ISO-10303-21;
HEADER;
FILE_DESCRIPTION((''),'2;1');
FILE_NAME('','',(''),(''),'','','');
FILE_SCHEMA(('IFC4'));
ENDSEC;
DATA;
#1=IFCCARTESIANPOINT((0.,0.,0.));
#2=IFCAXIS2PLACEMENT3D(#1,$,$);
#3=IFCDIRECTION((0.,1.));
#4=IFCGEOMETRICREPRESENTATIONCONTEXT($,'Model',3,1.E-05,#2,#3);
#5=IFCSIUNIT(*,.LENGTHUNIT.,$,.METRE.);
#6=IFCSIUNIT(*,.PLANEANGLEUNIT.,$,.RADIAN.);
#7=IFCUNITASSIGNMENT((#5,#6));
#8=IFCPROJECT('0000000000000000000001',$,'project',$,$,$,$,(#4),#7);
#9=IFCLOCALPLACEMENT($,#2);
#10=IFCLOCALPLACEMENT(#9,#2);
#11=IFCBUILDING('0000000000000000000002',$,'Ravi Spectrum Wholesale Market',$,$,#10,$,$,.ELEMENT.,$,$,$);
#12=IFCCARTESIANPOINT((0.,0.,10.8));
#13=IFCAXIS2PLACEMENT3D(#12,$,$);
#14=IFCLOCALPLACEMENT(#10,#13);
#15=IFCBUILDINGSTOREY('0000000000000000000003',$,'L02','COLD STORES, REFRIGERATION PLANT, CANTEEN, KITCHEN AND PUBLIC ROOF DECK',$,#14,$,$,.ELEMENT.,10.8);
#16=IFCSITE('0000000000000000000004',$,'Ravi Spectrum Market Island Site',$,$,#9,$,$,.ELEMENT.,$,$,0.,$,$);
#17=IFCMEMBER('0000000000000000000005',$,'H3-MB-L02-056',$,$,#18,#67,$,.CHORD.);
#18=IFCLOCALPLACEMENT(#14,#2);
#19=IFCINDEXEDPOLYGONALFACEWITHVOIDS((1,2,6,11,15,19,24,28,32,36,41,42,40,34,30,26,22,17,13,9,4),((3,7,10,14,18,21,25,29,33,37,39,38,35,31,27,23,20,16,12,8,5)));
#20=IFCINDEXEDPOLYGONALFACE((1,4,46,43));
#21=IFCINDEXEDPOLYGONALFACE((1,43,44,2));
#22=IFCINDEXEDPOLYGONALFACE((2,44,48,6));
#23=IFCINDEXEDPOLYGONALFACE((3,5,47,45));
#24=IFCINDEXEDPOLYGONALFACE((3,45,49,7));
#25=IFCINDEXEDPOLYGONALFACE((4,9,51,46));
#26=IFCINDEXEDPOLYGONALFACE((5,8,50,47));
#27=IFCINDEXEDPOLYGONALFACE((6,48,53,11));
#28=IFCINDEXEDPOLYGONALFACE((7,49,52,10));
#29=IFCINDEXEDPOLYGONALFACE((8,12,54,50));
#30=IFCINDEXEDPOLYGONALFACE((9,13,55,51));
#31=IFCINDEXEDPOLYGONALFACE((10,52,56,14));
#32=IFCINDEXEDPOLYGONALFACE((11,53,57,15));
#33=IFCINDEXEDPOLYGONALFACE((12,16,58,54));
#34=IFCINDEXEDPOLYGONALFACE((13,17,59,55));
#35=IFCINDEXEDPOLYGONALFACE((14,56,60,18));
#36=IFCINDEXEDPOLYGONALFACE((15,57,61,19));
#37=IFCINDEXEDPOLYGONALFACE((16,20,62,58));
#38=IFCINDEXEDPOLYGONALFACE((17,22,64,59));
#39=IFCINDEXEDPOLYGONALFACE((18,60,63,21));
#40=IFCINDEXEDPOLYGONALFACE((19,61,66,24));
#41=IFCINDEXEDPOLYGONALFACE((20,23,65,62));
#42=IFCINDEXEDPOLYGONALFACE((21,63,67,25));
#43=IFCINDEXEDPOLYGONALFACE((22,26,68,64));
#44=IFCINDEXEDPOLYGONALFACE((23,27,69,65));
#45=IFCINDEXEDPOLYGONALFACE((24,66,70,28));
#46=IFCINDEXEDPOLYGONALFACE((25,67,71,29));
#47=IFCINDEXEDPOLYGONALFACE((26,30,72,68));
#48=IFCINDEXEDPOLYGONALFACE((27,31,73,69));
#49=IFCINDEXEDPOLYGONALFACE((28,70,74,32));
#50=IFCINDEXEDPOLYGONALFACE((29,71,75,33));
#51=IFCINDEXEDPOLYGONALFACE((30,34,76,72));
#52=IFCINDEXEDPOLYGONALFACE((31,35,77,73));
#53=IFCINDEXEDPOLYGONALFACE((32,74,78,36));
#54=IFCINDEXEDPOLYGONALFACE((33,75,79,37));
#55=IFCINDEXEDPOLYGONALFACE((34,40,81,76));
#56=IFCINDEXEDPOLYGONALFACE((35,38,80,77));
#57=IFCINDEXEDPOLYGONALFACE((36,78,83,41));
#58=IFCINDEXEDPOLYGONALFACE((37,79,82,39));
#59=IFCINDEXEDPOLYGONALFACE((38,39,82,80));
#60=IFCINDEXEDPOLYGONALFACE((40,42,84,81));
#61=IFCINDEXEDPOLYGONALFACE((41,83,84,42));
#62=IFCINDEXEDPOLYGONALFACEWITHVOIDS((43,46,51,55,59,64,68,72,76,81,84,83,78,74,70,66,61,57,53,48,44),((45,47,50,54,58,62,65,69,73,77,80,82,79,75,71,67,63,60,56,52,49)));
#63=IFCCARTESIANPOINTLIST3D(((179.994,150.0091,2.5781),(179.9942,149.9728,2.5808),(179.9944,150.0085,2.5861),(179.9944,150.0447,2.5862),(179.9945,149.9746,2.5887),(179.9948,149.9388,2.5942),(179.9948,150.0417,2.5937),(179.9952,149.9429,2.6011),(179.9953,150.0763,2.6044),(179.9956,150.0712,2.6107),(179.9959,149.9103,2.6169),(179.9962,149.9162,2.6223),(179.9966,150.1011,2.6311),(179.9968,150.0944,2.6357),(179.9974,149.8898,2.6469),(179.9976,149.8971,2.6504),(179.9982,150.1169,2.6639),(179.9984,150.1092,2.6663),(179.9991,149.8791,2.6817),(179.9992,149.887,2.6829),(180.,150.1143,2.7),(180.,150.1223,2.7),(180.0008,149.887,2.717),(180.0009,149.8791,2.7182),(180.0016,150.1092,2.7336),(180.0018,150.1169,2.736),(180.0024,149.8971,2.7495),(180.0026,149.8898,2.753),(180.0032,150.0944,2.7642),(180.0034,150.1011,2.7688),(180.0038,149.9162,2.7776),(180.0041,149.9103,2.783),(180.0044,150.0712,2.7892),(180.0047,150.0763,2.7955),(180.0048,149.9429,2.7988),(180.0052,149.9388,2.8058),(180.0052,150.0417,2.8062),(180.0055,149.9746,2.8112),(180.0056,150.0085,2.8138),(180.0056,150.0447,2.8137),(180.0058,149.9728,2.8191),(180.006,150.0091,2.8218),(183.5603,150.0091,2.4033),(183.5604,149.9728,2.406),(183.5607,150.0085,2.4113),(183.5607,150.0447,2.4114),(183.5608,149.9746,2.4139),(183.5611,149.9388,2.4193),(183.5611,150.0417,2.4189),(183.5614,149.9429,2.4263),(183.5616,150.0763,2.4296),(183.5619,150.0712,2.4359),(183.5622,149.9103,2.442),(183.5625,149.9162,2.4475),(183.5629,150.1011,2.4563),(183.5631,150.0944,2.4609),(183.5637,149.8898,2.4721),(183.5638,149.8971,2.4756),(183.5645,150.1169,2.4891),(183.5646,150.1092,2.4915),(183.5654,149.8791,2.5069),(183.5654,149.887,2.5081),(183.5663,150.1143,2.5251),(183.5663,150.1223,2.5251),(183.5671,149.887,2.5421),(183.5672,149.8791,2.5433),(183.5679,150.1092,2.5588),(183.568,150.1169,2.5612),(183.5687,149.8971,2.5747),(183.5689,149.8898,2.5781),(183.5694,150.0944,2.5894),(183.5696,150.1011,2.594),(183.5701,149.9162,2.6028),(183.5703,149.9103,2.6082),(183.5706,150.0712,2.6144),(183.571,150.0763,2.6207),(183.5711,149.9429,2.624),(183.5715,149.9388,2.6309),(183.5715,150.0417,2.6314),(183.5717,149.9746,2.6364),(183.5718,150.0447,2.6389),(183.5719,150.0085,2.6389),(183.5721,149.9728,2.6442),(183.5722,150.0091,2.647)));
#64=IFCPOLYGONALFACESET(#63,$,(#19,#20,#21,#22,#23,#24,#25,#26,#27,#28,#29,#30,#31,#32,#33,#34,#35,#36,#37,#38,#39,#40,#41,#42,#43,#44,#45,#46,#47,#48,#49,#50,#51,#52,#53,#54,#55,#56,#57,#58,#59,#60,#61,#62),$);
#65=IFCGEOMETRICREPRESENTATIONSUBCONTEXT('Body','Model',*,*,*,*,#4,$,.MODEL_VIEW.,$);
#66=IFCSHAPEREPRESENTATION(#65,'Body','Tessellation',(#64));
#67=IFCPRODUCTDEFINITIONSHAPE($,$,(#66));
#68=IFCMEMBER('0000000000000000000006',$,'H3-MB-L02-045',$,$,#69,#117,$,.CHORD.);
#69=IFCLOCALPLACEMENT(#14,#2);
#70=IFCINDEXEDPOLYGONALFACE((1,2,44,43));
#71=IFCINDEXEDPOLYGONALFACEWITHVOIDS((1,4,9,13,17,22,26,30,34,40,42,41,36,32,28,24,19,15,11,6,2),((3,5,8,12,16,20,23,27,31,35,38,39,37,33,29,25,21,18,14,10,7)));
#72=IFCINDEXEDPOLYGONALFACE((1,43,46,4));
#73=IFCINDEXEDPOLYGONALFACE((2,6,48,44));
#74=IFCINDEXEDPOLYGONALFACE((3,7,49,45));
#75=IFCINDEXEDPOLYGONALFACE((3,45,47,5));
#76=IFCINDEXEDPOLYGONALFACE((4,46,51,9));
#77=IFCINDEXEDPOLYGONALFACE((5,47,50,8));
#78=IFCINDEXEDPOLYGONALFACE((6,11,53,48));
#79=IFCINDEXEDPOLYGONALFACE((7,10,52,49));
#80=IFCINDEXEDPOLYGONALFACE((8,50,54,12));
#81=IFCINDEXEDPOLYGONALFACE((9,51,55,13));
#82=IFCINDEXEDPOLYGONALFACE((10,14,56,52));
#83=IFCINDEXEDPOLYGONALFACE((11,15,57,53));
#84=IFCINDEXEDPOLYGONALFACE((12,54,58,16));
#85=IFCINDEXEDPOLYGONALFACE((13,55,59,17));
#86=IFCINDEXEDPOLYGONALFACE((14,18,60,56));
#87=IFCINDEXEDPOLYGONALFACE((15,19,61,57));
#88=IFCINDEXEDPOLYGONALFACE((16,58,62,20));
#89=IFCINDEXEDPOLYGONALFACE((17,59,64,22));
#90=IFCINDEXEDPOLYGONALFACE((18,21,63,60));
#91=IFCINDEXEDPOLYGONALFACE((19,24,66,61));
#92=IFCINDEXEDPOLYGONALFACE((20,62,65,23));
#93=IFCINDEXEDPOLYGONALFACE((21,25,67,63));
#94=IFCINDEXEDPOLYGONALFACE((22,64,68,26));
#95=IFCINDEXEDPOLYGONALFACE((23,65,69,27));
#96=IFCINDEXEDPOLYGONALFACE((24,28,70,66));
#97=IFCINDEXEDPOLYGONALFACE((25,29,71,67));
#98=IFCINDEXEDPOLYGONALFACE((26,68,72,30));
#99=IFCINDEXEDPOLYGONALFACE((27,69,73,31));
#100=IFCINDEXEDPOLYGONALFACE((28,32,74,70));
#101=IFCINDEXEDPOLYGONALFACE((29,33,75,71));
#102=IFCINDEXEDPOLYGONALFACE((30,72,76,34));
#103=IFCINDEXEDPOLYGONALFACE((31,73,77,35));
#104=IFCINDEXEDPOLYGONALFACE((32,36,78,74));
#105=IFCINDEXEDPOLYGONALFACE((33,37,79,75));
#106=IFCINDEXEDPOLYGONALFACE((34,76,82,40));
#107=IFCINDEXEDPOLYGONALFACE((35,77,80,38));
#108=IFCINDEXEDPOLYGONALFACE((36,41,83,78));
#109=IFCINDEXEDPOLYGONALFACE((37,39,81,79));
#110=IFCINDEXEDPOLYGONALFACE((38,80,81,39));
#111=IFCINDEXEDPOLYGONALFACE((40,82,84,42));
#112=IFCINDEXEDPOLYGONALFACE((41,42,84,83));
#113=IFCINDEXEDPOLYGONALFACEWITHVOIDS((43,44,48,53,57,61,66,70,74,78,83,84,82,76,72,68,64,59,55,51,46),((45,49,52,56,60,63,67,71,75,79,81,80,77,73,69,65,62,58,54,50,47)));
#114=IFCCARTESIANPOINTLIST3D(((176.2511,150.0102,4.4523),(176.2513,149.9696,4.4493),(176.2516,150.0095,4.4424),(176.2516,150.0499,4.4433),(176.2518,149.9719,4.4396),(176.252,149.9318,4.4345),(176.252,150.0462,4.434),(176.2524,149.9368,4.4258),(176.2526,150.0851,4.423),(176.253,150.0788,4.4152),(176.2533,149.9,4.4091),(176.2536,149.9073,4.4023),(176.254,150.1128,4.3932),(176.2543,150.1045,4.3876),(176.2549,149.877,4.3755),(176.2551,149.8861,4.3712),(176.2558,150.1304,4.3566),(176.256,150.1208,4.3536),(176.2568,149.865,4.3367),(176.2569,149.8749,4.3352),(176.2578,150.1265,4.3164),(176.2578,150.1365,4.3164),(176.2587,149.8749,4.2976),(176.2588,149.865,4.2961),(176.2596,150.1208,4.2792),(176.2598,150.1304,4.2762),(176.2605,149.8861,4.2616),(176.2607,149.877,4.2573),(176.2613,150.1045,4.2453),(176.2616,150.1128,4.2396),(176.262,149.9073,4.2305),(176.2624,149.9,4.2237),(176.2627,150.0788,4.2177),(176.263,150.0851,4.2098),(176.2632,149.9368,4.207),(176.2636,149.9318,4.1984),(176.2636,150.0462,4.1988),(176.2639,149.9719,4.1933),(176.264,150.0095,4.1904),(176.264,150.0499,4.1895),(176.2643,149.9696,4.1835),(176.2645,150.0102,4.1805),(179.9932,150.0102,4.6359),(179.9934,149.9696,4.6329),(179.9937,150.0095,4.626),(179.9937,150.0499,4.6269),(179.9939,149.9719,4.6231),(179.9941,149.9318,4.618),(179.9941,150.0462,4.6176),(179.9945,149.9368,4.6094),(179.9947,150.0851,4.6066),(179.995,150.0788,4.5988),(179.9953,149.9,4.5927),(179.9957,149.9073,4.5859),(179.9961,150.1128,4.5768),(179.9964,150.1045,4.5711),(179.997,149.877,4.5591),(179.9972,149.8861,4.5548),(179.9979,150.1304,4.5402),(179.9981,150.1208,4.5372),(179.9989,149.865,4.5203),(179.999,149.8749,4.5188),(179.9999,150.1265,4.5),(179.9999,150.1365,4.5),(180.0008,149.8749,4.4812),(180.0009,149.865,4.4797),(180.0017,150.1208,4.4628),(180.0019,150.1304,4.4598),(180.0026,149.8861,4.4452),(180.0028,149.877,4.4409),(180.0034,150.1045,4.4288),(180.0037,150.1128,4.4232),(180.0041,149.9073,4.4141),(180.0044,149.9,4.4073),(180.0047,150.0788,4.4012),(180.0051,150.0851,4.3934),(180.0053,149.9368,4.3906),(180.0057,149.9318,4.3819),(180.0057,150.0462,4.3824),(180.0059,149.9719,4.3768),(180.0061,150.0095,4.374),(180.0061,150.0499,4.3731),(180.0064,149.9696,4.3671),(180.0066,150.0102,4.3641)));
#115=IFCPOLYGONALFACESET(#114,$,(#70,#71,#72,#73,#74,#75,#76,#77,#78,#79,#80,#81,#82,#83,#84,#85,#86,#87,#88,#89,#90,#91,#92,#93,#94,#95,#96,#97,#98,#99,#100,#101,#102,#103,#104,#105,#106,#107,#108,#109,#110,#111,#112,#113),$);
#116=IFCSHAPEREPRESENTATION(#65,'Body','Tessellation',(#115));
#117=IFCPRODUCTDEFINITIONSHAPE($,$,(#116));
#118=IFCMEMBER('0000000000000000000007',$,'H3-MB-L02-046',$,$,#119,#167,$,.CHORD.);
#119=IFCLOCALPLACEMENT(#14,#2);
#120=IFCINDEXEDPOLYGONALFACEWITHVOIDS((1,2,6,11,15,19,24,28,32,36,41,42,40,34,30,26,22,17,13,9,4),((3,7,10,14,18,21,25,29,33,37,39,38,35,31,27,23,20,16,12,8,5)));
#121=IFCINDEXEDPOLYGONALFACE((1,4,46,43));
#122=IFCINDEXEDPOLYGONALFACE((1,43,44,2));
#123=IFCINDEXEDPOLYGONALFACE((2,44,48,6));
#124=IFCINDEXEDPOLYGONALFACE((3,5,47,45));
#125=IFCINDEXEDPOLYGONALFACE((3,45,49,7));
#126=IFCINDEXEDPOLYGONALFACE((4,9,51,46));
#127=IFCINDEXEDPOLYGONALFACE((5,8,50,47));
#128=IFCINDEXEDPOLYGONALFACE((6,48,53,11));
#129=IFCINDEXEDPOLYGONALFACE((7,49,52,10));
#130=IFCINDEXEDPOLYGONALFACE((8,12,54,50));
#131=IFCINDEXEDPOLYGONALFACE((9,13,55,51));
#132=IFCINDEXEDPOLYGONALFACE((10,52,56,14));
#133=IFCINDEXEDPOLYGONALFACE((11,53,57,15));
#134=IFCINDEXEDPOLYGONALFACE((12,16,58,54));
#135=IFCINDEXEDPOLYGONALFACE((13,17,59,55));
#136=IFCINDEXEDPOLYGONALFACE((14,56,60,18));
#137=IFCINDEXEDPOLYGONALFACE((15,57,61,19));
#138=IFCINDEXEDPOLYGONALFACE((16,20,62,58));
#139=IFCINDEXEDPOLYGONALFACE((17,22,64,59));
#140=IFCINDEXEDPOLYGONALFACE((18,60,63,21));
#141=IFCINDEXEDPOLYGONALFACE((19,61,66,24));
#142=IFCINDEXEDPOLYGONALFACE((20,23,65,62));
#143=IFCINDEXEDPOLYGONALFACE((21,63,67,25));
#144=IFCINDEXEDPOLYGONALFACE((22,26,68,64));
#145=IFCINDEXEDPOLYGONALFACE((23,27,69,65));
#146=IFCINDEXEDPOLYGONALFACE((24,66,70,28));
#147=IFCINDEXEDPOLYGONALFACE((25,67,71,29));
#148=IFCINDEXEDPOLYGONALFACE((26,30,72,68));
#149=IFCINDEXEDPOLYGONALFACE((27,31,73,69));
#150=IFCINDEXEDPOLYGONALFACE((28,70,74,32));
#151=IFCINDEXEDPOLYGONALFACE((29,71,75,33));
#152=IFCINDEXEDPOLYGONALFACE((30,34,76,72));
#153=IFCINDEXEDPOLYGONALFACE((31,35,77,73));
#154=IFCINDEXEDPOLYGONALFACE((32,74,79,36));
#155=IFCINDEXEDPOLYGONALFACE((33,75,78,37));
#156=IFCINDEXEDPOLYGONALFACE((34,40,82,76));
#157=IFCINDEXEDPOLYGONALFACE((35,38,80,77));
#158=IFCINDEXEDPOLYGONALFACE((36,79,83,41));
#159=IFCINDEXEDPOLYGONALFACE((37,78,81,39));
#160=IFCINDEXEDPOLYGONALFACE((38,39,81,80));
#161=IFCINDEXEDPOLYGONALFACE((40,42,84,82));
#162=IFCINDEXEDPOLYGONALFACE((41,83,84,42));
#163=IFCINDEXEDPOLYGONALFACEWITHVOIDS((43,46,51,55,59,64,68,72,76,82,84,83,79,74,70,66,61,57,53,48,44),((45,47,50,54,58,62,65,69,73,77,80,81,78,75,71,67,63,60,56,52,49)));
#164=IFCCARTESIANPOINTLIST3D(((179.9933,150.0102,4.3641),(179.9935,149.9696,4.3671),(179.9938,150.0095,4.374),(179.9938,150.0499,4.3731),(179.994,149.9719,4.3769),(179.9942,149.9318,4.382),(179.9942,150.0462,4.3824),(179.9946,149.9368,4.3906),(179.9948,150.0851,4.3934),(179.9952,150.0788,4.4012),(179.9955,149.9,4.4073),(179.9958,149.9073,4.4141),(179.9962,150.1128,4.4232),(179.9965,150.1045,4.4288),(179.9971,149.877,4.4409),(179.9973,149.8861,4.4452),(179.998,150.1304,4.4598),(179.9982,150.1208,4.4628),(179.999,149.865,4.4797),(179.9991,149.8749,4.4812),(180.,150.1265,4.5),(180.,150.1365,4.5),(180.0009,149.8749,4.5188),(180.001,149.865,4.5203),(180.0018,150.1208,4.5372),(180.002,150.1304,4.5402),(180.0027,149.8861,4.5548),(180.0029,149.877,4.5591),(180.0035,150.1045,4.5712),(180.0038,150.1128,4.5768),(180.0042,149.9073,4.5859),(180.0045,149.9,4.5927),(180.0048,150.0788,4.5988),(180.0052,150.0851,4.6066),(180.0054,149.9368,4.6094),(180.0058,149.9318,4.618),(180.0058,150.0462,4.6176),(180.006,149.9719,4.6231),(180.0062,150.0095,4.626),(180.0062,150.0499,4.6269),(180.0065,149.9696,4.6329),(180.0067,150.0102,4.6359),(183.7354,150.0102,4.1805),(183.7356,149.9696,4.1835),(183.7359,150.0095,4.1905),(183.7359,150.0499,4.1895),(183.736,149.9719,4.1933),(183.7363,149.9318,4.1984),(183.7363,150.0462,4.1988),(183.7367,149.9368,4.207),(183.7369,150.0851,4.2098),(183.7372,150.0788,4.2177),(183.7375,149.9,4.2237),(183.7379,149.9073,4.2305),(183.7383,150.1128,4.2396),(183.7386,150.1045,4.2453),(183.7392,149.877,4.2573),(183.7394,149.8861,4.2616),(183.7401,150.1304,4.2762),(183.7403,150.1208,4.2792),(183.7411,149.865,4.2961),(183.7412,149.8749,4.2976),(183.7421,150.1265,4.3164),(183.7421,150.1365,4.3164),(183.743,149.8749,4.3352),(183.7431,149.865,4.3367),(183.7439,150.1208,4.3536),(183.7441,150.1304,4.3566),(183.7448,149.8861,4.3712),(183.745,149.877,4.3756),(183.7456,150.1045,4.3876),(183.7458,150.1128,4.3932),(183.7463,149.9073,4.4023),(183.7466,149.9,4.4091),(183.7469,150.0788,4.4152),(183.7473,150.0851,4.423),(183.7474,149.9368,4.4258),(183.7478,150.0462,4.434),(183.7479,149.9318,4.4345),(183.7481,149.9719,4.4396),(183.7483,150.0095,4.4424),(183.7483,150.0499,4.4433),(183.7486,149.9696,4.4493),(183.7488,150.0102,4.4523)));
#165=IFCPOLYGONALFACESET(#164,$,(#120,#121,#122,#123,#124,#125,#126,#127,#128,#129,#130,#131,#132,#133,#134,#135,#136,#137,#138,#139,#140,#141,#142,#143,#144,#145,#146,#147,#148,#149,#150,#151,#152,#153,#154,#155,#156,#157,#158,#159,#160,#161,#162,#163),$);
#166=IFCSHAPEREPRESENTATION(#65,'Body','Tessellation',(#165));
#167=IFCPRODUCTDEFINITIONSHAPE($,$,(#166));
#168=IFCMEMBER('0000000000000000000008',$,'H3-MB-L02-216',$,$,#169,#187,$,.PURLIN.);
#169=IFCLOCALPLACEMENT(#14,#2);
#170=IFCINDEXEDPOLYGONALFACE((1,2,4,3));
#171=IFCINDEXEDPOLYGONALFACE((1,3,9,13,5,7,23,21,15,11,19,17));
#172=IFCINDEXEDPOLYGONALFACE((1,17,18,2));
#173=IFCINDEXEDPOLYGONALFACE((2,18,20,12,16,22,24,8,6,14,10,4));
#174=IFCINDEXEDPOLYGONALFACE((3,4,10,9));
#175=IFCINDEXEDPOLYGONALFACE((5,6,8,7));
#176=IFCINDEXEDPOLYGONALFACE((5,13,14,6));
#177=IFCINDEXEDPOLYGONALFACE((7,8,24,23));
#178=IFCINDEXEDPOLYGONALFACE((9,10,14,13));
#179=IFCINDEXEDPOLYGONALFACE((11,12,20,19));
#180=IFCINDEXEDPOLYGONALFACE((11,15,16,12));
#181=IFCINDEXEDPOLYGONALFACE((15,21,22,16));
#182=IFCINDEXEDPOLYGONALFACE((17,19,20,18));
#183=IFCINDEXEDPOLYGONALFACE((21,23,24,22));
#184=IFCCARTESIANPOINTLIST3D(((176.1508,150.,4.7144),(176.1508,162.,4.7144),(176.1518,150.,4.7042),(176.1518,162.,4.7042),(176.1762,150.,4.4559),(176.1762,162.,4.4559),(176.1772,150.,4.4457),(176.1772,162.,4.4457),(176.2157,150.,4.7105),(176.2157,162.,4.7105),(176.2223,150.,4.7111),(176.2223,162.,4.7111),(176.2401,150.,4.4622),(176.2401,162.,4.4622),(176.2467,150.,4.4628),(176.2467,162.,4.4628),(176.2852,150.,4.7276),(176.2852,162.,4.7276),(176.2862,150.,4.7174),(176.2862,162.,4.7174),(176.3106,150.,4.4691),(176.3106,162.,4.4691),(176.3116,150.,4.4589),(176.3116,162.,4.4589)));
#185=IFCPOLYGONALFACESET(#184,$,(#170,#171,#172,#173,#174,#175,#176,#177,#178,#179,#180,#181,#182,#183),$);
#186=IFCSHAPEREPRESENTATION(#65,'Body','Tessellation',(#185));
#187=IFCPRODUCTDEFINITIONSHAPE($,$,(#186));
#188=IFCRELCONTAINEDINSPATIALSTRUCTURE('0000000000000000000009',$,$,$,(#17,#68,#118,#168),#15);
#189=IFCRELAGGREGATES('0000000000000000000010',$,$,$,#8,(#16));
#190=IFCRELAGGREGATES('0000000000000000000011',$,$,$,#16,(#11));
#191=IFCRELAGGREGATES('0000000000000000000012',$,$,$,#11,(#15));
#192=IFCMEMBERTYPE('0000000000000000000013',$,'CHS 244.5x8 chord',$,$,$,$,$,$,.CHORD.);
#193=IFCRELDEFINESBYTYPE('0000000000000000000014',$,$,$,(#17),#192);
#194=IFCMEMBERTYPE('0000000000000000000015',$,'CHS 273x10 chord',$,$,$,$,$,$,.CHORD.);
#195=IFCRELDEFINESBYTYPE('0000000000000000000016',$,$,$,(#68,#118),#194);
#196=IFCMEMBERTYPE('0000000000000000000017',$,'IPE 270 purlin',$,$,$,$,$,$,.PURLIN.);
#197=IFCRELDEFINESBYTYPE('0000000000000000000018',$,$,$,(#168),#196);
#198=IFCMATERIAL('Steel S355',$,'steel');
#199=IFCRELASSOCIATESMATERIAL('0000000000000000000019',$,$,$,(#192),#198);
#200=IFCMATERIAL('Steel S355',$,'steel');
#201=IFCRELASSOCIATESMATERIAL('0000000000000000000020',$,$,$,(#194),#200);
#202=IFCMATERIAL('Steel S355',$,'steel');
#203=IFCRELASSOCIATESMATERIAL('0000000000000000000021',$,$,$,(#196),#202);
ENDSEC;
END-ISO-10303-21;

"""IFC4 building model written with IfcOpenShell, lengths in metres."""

from ifc_helpers import new_model, si_unit, direction, frame, origin, origin_2d, place, context, subcontext, project, spatial, hollow_circle, i_section, extrude, material, material_profile, profile_set, type_object, element, save


model = new_model("IFC4")

# Units and contexts
model_context = context("Model", 3, precision=1e-05, world=origin(), true_north=direction((0.0, 1.0)))
body_context = subcontext(model_context, "Body", "Model", "MODEL_VIEW")
ifc_project = project(units=[si_unit("LENGTHUNIT", "METRE"), si_unit("PLANEANGLEUNIT", "RADIAN")], contexts=[model_context])

# Site, building, storey
site_placement = place(None, origin())
site = spatial("IfcSite", under=ifc_project, at=site_placement, Name="Ravi Spectrum Market Island Site", CompositionType="ELEMENT", RefElevation=0.0)
building_placement = place(site_placement, origin())
building = spatial("IfcBuilding", under=site, at=building_placement, Name="Ravi Spectrum Wholesale Market", CompositionType="ELEMENT")
storey_placement = place(building_placement, frame((0.0, 0.0, 10.8)))
storey = spatial("IfcBuildingStorey", under=building, at=storey_placement, Name="L02", Description="COLD STORES, REFRIGERATION PLANT, CANTEEN, KITCHEN AND PUBLIC ROOF DECK", CompositionType="ELEMENT", Elevation=10.8)

# Members
ifc_material_1 = material(Name="Steel S355", Category="steel")
ifc_material_profile_1 = material_profile(ifc_material_1, hollow_circle(Radius=0.1223, WallThickness=0.0081, at=origin_2d()))
ifc_profile_set_1 = profile_set([ifc_material_profile_1], Name="Steel S355")
member_type_1 = type_object("IfcMemberType", Name="CHS 244.5x8 chord", PredefinedType="CHORD", material=ifc_profile_set_1)
for number, where, z_axis, x_axis, name in (
    (1, (180.0, 150.0, 2.7), (0.998801, 0.0, -0.048959), (0.0, 1.0, 0.0), "H3-MB-L02-056"),
):
    element("IfcMember", number, at=place(storey_placement, frame(where, z_axis=z_axis, x_axis=x_axis)), inside=storey, type_object=member_type_1, Name=name, PredefinedType="CHORD", context=body_context, shape_type="SweptSolid", body=[
        extrude(hollow_circle(Radius=0.1223, WallThickness=0.0081, at=origin_2d()), origin(), (0.0, 0.0, 1.0), 3.5706),
    ])
ifc_material_2 = material(Name="Steel S355", Category="steel")
ifc_material_profile_2 = material_profile(ifc_material_2, hollow_circle(Radius=0.1365, WallThickness=0.01, at=origin_2d()))
ifc_profile_set_2 = profile_set([ifc_material_profile_2], Name="Steel S355")
member_type_2 = type_object("IfcMemberType", Name="CHS 273x10 chord", PredefinedType="CHORD", material=ifc_profile_set_2)
for number, where, z_axis, x_axis, name in (
    (2, (176.2578, 150.0, 4.3164), (0.998799, 0.0, 0.049002), (0.0, 1.0, 0.0), "H3-MB-L02-045"),
    (3, (180.0, 150.0, 4.5), (0.998799, 0.0, -0.049002), (0.0, 1.0, 0.0), "H3-MB-L02-046"),
):
    element("IfcMember", number, at=place(storey_placement, frame(where, z_axis=z_axis, x_axis=x_axis)), inside=storey, type_object=member_type_2, Name=name, PredefinedType="CHORD", context=body_context, shape_type="SweptSolid", body=[
        extrude(hollow_circle(Radius=0.1365, WallThickness=0.01, at=origin_2d()), origin(), (0.0, 0.0, 1.0), 3.7466),
    ])
ifc_material_3 = material(Name="Steel S355", Category="steel")
ifc_material_profile_3 = material_profile(ifc_material_3, i_section(OverallWidth=0.135, OverallDepth=0.27, WebThickness=0.0066, FlangeThickness=0.0103, at=origin_2d()))
ifc_profile_set_3 = profile_set([ifc_material_profile_3], Name="Steel S355")
member_type_3 = type_object("IfcMemberType", Name="IPE 270 purlin", PredefinedType="PURLIN", material=ifc_profile_set_3)
for number, where, z_axis, x_axis, name in (
    (4, (176.2312, 150.0, 4.5867), (0.0, 1.0, 0.0), (-0.995203, 0.0, -0.097835), "H3-MB-L02-216"),
):
    element("IfcMember", number, at=place(storey_placement, frame(where, z_axis=z_axis, x_axis=x_axis)), inside=storey, type_object=member_type_3, Name=name, PredefinedType="PURLIN", context=body_context, shape_type="SweptSolid", body=[
        extrude(i_section(OverallWidth=0.135, OverallDepth=0.27, WebThickness=0.0066, FlangeThickness=0.0103, at=origin_2d()), origin(), (0.0, 0.0, 1.0), 12.0),
    ])

save(model, "model.ifc")
